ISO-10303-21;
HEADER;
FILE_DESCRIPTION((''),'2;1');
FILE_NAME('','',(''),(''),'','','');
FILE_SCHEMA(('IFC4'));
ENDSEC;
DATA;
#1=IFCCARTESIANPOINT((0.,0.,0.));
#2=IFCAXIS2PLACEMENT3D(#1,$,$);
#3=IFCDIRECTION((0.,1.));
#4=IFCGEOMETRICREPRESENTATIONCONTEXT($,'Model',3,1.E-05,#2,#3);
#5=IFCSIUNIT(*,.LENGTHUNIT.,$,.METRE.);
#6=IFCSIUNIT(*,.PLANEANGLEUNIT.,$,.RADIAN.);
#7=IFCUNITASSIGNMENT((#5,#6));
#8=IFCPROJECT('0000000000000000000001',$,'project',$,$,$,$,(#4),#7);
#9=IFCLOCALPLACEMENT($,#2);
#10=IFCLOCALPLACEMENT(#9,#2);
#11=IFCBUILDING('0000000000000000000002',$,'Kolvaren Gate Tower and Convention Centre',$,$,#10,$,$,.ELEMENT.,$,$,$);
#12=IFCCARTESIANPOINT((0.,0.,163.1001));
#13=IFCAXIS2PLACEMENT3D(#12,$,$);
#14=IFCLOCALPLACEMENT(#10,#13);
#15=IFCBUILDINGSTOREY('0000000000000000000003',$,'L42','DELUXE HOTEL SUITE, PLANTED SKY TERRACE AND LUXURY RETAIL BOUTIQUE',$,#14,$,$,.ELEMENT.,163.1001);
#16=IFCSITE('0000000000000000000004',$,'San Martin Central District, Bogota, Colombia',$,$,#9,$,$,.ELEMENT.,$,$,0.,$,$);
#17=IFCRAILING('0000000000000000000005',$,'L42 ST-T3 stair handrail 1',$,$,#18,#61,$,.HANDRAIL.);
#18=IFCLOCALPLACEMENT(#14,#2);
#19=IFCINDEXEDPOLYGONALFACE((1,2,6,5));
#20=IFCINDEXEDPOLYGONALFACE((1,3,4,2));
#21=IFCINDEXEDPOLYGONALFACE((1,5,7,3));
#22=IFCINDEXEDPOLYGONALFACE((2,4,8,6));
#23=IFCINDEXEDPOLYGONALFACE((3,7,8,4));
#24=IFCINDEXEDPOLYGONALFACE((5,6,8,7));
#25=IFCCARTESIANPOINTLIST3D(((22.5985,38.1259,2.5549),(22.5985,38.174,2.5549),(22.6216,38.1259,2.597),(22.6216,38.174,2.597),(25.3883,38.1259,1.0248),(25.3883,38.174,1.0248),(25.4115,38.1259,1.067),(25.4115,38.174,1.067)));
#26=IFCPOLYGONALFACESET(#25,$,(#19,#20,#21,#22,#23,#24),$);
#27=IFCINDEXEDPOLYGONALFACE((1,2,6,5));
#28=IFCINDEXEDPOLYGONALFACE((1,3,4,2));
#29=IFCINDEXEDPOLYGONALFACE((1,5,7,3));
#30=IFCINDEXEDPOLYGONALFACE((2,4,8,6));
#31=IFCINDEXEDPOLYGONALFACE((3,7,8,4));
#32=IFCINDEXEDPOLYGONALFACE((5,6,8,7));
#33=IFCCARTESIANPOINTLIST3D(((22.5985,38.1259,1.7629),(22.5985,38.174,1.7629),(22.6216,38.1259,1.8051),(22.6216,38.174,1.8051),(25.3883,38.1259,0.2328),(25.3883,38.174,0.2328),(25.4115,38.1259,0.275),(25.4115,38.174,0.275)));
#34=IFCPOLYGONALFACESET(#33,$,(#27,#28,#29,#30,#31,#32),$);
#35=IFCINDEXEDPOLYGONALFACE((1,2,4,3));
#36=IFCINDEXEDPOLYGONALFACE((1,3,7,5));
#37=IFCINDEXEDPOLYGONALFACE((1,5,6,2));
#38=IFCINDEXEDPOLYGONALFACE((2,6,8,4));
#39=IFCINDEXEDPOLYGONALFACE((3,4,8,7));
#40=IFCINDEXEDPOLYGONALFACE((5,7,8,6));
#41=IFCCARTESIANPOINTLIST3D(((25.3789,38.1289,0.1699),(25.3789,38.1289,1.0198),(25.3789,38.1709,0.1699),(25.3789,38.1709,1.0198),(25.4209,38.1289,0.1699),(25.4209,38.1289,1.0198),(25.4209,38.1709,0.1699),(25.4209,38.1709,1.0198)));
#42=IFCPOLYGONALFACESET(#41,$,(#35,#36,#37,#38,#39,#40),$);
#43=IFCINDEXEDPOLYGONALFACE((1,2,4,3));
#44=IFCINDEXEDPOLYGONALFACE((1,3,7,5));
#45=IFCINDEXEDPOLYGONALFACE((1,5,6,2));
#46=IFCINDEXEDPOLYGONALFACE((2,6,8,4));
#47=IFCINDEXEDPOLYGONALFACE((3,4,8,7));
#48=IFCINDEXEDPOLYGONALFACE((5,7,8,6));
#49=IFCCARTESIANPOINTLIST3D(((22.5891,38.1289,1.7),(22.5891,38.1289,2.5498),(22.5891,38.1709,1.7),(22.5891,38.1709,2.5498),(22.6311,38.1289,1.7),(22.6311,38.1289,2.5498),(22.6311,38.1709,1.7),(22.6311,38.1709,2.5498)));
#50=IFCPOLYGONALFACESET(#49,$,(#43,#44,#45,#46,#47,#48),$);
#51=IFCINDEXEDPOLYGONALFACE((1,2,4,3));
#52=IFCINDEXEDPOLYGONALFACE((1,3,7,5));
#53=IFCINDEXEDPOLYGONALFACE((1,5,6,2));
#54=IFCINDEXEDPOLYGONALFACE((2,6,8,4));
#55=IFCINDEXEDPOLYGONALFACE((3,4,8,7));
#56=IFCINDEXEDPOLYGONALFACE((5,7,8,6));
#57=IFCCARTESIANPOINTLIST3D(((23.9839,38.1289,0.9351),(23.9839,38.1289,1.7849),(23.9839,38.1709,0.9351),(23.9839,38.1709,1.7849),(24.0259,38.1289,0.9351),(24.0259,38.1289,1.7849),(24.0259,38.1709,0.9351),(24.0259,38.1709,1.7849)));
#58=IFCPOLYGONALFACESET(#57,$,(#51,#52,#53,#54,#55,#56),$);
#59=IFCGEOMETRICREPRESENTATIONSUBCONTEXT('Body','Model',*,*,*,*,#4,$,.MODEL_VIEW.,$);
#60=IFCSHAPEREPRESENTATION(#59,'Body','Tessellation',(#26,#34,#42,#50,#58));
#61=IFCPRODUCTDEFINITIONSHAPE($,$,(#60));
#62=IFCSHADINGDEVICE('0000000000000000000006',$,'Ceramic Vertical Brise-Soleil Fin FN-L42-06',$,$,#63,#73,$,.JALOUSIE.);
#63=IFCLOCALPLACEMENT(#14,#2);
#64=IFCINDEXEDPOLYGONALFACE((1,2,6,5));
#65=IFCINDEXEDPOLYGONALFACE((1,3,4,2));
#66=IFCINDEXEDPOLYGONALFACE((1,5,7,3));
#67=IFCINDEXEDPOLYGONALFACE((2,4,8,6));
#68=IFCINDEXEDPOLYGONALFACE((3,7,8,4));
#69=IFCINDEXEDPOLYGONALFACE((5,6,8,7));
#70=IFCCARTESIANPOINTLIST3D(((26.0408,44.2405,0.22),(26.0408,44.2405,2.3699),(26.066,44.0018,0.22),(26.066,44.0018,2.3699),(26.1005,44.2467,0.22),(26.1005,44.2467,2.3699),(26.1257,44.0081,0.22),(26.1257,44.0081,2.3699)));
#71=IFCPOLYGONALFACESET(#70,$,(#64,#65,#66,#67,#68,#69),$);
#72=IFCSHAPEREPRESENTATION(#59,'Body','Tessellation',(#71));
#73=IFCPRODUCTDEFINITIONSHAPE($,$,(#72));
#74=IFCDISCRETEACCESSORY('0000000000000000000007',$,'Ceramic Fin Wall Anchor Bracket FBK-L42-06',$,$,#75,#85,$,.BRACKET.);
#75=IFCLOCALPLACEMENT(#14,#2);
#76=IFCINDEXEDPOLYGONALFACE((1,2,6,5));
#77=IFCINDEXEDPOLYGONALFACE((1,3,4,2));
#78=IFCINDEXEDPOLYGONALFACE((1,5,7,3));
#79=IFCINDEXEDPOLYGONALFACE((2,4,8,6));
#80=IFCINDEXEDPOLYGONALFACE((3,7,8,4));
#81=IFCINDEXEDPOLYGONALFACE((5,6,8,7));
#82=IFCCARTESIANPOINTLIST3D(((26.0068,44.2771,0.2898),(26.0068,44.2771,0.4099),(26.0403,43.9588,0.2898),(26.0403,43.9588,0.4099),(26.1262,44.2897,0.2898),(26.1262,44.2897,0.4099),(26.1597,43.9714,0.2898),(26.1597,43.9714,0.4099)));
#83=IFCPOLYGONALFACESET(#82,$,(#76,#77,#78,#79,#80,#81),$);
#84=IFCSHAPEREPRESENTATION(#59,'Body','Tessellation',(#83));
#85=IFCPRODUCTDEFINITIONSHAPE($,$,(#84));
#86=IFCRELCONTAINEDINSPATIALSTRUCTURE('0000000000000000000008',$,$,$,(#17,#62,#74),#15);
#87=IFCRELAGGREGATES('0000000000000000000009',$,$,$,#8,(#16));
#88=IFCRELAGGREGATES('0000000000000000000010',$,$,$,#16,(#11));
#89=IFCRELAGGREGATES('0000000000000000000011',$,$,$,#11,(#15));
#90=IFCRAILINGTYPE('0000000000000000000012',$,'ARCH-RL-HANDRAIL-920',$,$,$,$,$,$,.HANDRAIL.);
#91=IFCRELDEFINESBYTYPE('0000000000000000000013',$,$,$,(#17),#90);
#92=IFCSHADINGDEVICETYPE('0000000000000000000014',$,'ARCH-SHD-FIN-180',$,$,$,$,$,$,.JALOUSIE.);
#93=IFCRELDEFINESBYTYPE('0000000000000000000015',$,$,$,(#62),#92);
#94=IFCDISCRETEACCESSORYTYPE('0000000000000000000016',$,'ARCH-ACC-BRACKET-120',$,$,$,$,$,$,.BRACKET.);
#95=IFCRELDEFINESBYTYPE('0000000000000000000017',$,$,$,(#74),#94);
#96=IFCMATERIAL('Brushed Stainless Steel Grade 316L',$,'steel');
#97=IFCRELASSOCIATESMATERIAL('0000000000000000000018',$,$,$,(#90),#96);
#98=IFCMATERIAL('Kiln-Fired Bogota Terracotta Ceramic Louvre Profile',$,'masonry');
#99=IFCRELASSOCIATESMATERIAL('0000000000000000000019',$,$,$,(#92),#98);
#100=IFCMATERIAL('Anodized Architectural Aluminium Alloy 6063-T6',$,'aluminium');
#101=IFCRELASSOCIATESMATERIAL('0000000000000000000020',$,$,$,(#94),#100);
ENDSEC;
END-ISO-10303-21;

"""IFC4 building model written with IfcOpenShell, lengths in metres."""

from ifc_helpers import new_model, si_unit, direction, frame, origin, origin_2d, place, context, subcontext, project, spatial, rectangle, extrude, material, type_object, element, save


model = new_model("IFC4")

# Units and contexts
model_context = context("Model", 3, precision=1e-05, world=origin(), true_north=direction((0.0, 1.0)))
body_context = subcontext(model_context, "Body", "Model", "MODEL_VIEW")
ifc_project = project(units=[si_unit("LENGTHUNIT", "METRE"), si_unit("PLANEANGLEUNIT", "RADIAN")], contexts=[model_context])

# Site, building, storey
site_placement = place(None, origin())
site = spatial("IfcSite", under=ifc_project, at=site_placement, Name="San Martin Central District, Bogota, Colombia", CompositionType="ELEMENT", RefElevation=0.0)
building_placement = place(site_placement, origin())
building = spatial("IfcBuilding", under=site, at=building_placement, Name="Kolvaren Gate Tower and Convention Centre", CompositionType="ELEMENT")
storey_placement = place(building_placement, frame((0.0, 0.0, 163.1001)))
storey = spatial("IfcBuildingStorey", under=building, at=storey_placement, Name="L42", Description="DELUXE HOTEL SUITE, PLANTED SKY TERRACE AND LUXURY RETAIL BOUTIQUE", CompositionType="ELEMENT", Elevation=163.1001)

# Railing
ifc_material_1 = material(Name="Brushed Stainless Steel Grade 316L", Category="steel")
railing_type_1 = type_object("IfcRailingType", Name="ARCH-RL-HANDRAIL-920", PredefinedType="HANDRAIL", material=ifc_material_1)
railing_1_placement = place(storey_placement, frame((25.3999, 38.1499, 0.1699)))
element("IfcRailing", 1, at=railing_1_placement, inside=storey, type_object=railing_type_1, Name="L42 ST-T3 stair handrail 1", PredefinedType="HANDRAIL", context=body_context, shape_type="SweptSolid", body=[
    extrude(rectangle(XDim=0.0481, YDim=0.0481, at=origin_2d()), frame((0.0, 0.0, 0.876), z_axis=(-0.876794, 0.0, 0.480867), x_axis=(0.0, -1.0, 0.0)), (0.0, 0.0, 1.0), 3.1819),
    extrude(rectangle(XDim=0.0481, YDim=0.0481, at=origin_2d()), frame((0.0, 0.0, 0.084), z_axis=(-0.876794, 0.0, 0.480867), x_axis=(0.0, -1.0, 0.0)), (0.0, 0.0, 1.0), 3.1819),
    extrude(rectangle(XDim=0.042, YDim=0.042, at=origin_2d()), origin(), (0.0, 0.0, 1.0), 0.8499),
    extrude(rectangle(XDim=0.042, YDim=0.042, at=origin_2d()), frame((-2.7898, 0.0, 1.53)), (0.0, 0.0, 1.0), 0.8499),
    extrude(rectangle(XDim=0.042, YDim=0.042, at=origin_2d()), frame((-1.395, 0.0, 0.7651)), (0.0, 0.0, 1.0), 0.8499),
])

# Shading device
ifc_material_2 = material(Name="Kiln-Fired Bogota Terracotta Ceramic Louvre Profile", Category="masonry")
shading_device_type = type_object("IfcShadingDeviceType", Name="ARCH-SHD-FIN-180", PredefinedType="JALOUSIE", material=ifc_material_2)
shading_device_placement = place(storey_placement, frame((26.0833, 44.1243, 0.22), z_axis=(0.0, 0.0, 1.0), x_axis=(0.994499, 0.104744, 0.0)))
element("IfcShadingDevice", 2, at=shading_device_placement, inside=storey, type_object=shading_device_type, Name="Ceramic Vertical Brise-Soleil Fin FN-L42-06", PredefinedType="JALOUSIE", context=body_context, shape_type="SweptSolid", body=[
    extrude(rectangle(XDim=0.0601, YDim=0.24, at=origin_2d()), origin(), (0.0, 0.0, 1.0), 2.1499),
])

# Discrete accessory
ifc_material_3 = material(Name="Anodized Architectural Aluminium Alloy 6063-T6", Category="aluminium")
discrete_accessory_type = type_object("IfcDiscreteAccessoryType", Name="ARCH-ACC-BRACKET-120", PredefinedType="BRACKET", material=ifc_material_3)
discrete_accessory_placement = place(storey_placement, frame((26.0833, 44.1243, 0.2898), z_axis=(0.0, 0.0, 1.0), x_axis=(0.994499, 0.104744, 0.0)))
element("IfcDiscreteAccessory", 3, at=discrete_accessory_placement, inside=storey, type_object=discrete_accessory_type, Name="Ceramic Fin Wall Anchor Bracket FBK-L42-06", PredefinedType="BRACKET", context=body_context, shape_type="SweptSolid", body=[
    extrude(rectangle(XDim=0.1201, YDim=0.3201, at=origin_2d()), origin(), (0.0, 0.0, 1.0), 0.1201),
])

save(model, "model.ifc")
